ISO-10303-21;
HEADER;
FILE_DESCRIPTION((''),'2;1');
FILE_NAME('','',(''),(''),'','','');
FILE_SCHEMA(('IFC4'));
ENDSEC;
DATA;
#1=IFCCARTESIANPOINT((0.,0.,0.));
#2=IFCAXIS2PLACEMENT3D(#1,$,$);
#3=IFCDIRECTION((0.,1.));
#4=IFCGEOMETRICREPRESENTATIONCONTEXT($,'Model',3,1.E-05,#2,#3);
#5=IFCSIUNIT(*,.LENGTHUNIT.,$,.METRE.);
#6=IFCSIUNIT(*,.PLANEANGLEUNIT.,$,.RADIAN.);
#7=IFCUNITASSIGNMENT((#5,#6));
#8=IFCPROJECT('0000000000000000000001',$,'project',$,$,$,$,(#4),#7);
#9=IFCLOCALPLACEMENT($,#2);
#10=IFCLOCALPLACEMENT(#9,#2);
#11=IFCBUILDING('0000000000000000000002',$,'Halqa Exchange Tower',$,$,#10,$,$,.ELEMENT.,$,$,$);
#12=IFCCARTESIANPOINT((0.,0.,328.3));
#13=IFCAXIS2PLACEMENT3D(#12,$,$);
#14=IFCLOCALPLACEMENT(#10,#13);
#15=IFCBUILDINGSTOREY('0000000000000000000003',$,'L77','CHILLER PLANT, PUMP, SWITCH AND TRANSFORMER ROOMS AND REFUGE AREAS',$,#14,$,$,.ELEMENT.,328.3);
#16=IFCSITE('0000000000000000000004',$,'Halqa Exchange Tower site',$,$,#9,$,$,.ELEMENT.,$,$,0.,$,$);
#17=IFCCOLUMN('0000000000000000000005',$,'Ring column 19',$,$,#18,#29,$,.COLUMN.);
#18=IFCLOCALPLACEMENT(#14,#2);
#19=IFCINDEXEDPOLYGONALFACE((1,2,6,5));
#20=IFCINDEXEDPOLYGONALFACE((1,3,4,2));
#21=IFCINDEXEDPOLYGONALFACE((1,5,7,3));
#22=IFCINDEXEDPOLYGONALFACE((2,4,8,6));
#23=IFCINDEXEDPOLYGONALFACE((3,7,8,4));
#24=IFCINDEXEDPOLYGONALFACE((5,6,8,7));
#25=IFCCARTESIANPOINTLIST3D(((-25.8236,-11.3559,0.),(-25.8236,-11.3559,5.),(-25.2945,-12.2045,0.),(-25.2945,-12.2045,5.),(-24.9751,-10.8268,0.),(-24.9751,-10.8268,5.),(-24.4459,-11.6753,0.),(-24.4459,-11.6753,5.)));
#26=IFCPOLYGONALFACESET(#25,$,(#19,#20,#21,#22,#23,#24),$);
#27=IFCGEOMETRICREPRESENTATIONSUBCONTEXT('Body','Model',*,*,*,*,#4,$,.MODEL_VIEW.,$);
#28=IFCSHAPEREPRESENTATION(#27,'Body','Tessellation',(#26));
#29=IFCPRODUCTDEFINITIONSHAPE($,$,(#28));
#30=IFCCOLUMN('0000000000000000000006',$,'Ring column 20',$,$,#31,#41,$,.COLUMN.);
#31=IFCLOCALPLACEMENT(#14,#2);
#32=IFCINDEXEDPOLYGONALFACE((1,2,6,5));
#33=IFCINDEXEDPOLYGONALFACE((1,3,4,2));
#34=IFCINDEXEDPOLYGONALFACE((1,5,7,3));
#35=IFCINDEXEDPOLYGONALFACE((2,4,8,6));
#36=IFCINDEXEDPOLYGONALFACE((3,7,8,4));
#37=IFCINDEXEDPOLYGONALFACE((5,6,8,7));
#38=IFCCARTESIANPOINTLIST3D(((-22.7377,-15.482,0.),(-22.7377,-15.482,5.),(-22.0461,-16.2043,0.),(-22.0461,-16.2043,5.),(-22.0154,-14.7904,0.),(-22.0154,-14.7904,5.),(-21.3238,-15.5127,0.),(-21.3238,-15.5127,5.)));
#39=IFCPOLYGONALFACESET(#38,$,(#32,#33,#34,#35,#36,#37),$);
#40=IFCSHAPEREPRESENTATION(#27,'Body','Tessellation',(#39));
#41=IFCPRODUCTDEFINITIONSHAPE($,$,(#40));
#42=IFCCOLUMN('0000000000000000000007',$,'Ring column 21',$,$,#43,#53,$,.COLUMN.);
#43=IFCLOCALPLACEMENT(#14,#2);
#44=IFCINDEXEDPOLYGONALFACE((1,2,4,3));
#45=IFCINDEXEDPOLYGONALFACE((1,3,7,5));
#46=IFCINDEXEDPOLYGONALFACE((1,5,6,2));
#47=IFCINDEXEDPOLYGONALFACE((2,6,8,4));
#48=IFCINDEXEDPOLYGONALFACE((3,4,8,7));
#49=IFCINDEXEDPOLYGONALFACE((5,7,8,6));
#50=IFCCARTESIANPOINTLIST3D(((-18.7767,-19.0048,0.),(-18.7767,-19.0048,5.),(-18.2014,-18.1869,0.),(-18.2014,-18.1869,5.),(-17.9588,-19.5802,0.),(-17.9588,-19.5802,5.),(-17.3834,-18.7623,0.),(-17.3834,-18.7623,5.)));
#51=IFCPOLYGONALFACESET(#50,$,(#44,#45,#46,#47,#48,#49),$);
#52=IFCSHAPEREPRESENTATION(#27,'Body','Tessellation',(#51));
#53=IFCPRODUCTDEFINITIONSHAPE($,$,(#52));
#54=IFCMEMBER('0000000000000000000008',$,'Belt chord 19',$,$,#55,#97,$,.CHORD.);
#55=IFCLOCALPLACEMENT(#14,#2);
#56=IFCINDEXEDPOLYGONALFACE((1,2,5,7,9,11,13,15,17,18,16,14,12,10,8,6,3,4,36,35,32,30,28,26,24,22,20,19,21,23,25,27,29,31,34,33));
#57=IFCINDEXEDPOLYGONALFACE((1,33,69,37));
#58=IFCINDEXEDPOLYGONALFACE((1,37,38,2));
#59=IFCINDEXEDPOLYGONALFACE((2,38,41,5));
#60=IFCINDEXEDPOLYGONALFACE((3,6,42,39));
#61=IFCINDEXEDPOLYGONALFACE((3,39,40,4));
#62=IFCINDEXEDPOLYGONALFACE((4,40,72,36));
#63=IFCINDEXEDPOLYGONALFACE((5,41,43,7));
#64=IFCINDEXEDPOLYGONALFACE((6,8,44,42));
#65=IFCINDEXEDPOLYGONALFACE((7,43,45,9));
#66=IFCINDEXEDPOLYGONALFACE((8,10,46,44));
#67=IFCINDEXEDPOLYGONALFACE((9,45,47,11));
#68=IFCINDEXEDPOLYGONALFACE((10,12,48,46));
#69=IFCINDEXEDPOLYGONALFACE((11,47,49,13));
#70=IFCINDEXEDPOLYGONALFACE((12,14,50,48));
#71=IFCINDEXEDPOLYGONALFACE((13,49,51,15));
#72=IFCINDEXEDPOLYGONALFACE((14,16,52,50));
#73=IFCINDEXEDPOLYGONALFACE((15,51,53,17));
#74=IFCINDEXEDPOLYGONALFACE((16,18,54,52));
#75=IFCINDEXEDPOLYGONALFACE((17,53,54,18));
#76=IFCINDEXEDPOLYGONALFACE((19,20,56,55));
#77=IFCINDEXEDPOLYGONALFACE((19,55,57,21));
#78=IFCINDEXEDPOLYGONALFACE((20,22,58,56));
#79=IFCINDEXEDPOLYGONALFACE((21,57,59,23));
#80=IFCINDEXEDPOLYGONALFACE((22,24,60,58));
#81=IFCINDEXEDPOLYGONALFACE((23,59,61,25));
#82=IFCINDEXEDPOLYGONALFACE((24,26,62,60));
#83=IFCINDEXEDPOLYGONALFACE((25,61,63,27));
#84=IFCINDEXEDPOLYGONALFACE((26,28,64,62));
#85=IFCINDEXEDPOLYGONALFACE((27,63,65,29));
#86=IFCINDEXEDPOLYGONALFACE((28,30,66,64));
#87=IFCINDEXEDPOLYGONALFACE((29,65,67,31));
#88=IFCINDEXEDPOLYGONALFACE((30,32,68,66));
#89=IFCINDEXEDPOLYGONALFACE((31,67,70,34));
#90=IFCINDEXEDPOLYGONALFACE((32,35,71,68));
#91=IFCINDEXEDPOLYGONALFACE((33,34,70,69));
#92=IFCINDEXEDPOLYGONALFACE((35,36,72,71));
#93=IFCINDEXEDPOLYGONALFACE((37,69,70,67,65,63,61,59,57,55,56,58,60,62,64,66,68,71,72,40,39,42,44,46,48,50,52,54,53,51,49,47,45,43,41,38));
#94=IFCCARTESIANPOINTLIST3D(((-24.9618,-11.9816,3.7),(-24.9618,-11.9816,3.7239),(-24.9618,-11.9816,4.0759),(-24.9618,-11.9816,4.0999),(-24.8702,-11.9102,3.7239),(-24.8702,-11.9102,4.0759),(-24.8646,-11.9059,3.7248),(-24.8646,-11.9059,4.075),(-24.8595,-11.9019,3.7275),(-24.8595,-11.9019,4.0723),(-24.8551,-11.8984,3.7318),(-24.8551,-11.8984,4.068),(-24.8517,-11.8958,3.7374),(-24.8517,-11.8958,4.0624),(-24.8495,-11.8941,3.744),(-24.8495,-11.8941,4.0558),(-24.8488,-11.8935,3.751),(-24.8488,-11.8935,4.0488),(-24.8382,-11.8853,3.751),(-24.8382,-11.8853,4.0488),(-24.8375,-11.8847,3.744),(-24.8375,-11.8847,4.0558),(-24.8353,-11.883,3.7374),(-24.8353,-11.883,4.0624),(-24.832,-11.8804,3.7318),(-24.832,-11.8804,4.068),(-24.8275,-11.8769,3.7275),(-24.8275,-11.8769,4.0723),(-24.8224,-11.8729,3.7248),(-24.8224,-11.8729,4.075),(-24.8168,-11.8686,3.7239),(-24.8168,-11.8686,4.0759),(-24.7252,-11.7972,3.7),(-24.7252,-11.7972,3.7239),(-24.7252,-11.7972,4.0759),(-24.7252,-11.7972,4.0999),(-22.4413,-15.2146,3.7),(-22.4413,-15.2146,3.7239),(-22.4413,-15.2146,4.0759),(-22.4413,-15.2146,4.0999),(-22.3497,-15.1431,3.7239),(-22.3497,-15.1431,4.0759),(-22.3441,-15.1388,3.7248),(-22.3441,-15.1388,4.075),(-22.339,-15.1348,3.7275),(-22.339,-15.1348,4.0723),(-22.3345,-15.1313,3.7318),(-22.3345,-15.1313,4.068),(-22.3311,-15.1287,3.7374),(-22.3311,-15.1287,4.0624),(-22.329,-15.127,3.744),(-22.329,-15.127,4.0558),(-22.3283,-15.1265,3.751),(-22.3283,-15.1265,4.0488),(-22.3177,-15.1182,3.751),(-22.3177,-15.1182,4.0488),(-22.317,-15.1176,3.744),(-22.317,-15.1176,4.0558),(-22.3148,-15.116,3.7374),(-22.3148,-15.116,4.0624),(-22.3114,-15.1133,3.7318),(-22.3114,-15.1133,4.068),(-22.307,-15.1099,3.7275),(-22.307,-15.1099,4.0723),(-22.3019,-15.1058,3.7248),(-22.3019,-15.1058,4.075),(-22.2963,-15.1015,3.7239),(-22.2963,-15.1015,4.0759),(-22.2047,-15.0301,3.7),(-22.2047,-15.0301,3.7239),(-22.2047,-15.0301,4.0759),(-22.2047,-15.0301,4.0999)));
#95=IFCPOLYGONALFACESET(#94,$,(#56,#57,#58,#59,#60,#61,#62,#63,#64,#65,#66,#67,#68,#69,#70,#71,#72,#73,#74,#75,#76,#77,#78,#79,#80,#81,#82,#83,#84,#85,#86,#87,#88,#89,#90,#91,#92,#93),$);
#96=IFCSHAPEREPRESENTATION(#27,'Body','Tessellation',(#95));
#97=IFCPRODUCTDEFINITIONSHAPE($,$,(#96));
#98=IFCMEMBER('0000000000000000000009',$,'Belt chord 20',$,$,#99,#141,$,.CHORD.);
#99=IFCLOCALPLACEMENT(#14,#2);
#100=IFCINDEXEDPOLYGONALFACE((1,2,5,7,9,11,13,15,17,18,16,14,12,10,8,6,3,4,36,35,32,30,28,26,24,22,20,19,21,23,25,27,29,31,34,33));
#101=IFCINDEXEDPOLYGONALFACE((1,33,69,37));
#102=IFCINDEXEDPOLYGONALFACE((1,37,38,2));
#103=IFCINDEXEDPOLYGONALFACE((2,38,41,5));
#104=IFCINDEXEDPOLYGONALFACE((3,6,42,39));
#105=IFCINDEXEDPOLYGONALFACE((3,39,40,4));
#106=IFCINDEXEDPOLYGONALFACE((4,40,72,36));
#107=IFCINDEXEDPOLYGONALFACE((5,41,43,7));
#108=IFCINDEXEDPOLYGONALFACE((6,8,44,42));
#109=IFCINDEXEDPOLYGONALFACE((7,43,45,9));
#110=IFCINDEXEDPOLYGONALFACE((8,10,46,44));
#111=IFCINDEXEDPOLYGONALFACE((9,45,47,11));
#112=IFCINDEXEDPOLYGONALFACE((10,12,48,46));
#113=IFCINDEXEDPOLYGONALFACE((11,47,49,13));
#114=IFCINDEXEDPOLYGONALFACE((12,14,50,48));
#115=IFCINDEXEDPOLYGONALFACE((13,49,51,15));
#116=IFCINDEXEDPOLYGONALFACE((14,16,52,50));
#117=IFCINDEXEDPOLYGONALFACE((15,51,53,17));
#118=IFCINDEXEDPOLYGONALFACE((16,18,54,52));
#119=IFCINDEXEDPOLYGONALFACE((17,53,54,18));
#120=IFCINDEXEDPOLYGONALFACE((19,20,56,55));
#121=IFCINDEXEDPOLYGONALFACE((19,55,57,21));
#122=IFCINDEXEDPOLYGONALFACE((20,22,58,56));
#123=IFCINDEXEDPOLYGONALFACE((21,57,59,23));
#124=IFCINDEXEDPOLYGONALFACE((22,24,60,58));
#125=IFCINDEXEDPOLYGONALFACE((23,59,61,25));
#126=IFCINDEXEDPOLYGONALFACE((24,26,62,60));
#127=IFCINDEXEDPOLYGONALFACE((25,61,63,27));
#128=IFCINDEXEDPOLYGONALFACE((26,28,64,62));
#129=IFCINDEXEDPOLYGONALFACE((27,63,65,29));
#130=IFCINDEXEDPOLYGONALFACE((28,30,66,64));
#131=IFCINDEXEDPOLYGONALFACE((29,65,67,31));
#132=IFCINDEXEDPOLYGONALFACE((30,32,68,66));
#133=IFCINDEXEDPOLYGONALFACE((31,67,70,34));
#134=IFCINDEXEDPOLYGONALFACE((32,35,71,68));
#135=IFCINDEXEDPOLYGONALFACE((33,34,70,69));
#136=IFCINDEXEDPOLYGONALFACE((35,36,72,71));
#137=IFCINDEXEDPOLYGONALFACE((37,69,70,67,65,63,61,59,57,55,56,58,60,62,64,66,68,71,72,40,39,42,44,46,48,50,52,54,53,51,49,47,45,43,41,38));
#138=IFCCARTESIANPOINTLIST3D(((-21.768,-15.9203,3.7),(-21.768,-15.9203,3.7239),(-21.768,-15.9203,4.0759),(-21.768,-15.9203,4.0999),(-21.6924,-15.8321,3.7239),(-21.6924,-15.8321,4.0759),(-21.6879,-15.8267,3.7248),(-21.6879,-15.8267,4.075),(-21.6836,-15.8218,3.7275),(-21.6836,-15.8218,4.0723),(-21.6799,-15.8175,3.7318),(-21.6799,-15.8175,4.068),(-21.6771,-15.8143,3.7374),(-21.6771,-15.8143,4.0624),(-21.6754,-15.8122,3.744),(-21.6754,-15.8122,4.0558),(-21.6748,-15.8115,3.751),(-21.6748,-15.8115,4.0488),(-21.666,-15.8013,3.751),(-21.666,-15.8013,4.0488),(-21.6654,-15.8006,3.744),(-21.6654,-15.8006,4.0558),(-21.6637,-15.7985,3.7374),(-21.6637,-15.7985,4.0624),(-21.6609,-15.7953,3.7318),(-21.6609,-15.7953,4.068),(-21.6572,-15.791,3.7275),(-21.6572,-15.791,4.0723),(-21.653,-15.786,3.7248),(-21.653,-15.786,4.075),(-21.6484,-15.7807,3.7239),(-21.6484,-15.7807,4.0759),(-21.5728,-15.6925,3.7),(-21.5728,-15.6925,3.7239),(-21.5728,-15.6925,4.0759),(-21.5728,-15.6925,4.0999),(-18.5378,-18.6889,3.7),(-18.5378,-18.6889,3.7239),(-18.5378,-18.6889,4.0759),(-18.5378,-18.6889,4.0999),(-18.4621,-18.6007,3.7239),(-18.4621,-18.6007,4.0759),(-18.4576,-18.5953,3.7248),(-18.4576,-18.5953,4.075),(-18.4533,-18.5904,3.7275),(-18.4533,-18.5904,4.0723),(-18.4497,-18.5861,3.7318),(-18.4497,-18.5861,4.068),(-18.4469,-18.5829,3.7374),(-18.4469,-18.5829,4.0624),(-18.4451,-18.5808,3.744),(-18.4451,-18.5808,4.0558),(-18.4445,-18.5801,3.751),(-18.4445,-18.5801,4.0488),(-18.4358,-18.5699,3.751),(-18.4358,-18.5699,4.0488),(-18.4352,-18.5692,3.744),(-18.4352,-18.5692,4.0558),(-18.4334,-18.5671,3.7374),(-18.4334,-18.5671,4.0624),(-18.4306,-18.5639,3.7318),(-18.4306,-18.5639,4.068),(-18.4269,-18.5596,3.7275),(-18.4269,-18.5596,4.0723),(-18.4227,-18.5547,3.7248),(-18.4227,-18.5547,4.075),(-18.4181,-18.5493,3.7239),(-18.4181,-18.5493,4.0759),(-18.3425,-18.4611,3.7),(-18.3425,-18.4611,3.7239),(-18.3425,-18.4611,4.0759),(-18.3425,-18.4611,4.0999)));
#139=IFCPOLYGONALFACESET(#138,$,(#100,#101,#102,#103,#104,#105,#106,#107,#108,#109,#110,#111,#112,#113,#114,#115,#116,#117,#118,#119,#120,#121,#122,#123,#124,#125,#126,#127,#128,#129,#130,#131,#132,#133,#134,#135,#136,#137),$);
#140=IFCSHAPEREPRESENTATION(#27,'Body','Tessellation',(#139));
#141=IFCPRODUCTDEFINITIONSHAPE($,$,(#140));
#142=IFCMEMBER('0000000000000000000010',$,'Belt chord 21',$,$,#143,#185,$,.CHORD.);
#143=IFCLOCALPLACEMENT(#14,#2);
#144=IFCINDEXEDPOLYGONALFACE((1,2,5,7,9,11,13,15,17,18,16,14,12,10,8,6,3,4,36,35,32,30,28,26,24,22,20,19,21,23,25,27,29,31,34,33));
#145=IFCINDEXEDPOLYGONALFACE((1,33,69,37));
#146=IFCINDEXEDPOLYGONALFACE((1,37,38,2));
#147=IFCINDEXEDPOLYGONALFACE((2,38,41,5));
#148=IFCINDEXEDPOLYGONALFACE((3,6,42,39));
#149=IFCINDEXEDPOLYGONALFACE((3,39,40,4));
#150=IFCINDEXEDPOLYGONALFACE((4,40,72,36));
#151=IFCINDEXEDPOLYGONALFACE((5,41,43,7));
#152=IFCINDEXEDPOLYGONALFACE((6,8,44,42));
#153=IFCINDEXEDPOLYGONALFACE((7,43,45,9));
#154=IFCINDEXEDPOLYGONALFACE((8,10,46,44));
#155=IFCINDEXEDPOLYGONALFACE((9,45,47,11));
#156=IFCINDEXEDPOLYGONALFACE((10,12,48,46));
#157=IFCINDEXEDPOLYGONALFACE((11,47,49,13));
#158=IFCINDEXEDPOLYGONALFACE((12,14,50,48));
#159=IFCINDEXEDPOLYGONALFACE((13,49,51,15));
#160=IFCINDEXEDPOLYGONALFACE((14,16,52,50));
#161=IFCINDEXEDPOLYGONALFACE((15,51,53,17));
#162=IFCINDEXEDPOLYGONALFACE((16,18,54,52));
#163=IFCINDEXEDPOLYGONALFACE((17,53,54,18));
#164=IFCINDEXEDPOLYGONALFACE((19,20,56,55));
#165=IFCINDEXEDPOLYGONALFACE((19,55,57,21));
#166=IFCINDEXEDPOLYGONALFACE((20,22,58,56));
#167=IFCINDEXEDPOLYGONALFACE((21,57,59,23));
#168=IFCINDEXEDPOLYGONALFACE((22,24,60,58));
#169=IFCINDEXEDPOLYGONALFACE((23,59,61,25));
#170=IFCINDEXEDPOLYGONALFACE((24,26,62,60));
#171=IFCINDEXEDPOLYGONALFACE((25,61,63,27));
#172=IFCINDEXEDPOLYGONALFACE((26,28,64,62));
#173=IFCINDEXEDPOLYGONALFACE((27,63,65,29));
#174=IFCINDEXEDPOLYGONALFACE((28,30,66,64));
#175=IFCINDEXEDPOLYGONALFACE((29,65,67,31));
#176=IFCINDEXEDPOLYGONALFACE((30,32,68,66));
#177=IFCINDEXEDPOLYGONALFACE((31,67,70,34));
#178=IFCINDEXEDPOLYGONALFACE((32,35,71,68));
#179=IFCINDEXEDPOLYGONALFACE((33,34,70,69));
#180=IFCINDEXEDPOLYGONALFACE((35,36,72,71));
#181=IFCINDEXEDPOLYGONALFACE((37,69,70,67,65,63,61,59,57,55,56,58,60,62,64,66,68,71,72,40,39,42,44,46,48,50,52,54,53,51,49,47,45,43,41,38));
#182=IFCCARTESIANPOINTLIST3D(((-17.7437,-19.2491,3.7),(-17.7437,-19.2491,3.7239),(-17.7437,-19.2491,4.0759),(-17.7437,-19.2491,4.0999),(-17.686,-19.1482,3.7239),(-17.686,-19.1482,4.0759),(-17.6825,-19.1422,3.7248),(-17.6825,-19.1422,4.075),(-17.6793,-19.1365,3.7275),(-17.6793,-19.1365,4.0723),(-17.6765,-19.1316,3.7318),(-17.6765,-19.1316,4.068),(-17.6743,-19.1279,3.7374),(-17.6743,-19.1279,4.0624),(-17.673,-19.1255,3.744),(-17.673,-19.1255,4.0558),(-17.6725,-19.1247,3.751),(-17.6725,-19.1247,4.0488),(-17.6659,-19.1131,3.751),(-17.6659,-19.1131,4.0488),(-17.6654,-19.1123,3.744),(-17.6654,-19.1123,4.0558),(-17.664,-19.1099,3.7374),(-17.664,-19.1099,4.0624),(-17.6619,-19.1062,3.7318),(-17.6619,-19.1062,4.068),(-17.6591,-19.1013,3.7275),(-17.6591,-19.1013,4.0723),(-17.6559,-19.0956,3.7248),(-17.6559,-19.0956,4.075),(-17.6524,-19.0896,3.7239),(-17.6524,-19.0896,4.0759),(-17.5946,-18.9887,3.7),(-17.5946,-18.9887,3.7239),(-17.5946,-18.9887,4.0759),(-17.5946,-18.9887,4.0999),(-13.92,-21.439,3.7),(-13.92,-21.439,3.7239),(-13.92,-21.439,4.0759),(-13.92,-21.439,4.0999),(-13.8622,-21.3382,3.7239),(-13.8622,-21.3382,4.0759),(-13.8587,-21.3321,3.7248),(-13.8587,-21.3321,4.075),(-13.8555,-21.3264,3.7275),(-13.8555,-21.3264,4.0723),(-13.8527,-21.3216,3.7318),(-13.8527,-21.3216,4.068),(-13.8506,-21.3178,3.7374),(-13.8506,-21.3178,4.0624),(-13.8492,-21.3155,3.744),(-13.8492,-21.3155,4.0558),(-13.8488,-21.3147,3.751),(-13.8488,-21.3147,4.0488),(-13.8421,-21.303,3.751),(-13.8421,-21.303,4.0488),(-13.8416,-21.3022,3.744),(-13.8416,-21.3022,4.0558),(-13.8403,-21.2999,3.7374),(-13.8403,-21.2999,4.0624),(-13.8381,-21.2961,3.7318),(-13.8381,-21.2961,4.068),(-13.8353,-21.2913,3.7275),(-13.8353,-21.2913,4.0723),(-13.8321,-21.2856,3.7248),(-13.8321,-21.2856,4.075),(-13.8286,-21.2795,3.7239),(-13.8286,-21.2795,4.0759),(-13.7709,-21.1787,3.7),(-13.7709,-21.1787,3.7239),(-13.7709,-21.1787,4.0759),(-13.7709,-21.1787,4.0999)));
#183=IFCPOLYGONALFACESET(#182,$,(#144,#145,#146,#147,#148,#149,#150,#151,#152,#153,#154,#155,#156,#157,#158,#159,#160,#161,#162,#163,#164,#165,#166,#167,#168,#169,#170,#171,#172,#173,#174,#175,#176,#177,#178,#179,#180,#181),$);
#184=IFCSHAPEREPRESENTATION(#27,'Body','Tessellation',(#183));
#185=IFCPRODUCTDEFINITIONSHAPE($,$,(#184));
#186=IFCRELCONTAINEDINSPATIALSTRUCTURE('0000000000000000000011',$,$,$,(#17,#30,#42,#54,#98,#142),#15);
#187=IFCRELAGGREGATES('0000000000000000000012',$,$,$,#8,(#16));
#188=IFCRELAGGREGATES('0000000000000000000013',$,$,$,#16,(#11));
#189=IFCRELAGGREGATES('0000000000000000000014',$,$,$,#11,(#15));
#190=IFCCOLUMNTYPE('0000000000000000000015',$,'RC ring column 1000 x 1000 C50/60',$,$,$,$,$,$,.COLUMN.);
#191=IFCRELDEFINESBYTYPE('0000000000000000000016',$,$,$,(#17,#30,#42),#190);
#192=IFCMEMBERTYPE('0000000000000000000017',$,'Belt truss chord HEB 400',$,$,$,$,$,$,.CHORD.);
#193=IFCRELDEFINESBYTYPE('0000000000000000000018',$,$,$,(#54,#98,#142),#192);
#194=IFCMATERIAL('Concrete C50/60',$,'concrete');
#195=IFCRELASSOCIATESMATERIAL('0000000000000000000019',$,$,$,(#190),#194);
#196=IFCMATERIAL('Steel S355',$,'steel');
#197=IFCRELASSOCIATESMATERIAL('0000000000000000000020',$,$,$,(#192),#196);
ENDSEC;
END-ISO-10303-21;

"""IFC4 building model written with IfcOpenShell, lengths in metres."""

from ifc_helpers import new_model, si_unit, direction, frame, origin, origin_2d, place, context, subcontext, project, spatial, rectangle, i_section, extrude, material, material_profile, profile_set, type_object, element, save


model = new_model("IFC4")

# Units and contexts
model_context = context("Model", 3, precision=1e-05, world=origin(), true_north=direction((0.0, 1.0)))
body_context = subcontext(model_context, "Body", "Model", "MODEL_VIEW")
ifc_project = project(units=[si_unit("LENGTHUNIT", "METRE"), si_unit("PLANEANGLEUNIT", "RADIAN")], contexts=[model_context])

# Site, building, storey
site_placement = place(None, origin())
site = spatial("IfcSite", under=ifc_project, at=site_placement, Name="Halqa Exchange Tower site", CompositionType="ELEMENT", RefElevation=0.0)
building_placement = place(site_placement, origin())
building = spatial("IfcBuilding", under=site, at=building_placement, Name="Halqa Exchange Tower", CompositionType="ELEMENT")
storey_placement = place(building_placement, frame((0.0, 0.0, 328.3)))
storey = spatial("IfcBuildingStorey", under=building, at=storey_placement, Name="L77", Description="CHILLER PLANT, PUMP, SWITCH AND TRANSFORMER ROOMS AND REFUGE AREAS", CompositionType="ELEMENT", Elevation=328.3)

# Columns
ifc_material_1 = material(Name="Concrete C50/60", Category="concrete")
ifc_material_profile_1 = material_profile(ifc_material_1, rectangle(XDim=1.0, YDim=1.0, at=origin_2d()), Name="1000 x 1000")
ifc_profile_set_1 = profile_set([ifc_material_profile_1], Name="Concrete C50/60")
column_type = type_object("IfcColumnType", Name="RC ring column 1000 x 1000 C50/60", PredefinedType="COLUMN", material=ifc_profile_set_1)
for number, where, z_axis, x_axis, name in (
    (1, (-25.1348, -11.5156, 0.0), (0.0, 0.0, 1.0), (0.52914, -0.848534, 0.0), "Ring column 19"),
    (2, (-22.0308, -15.4973, 0.0), (0.0, 0.0, 1.0), (0.691579, -0.722301, 0.0), "Ring column 20"),
    (3, (-18.0801, -18.8835, 0.0), (0.0, 0.0, 1.0), (0.817907, -0.575351, 0.0), "Ring column 21"),
):
    element("IfcColumn", number, at=place(storey_placement, frame(where, z_axis=z_axis, x_axis=x_axis)), inside=storey, type_object=column_type, Name=name, PredefinedType="COLUMN", context=body_context, shape_type="SweptSolid", body=[
        extrude(rectangle(XDim=1.0, YDim=1.0, at=origin_2d()), origin(), (0.0, 0.0, 1.0), 5.0),
    ])

# Members
ifc_material_2 = material(Name="Steel S355", Category="steel")
ifc_material_profile_2 = material_profile(ifc_material_2, i_section(OverallWidth=0.3, OverallDepth=0.3999, WebThickness=0.0134, FlangeThickness=0.0239, FilletRadius=0.0271, at=origin_2d()), Name="HEB 400")
ifc_profile_set_2 = profile_set([ifc_material_profile_2], Name="Steel S355")
member_type_1 = type_object("IfcMemberType", Name="Belt truss chord HEB 400", PredefinedType="CHORD", material=ifc_profile_set_2)
member_1_placement = place(storey_placement, frame((-24.8435, -11.8894, 3.8999), z_axis=(0.614856, -0.78864, 0.0), x_axis=(0.78864, 0.614856, 0.0)))
element("IfcMember", 4, at=member_1_placement, inside=storey, type_object=member_type_1, Name="Belt chord 19", PredefinedType="CHORD", context=body_context, shape_type="SweptSolid", body=[
    extrude(i_section(OverallWidth=0.3, OverallDepth=0.3999, WebThickness=0.0134, FlangeThickness=0.0239, FilletRadius=0.0271, at=origin_2d()), origin(), (0.0, 0.0, 1.0), 4.0994),
])
member_2_placement = place(storey_placement, frame((-21.6704, -15.8064, 3.8999), z_axis=(0.759281, -0.650763, 0.0), x_axis=(0.650763, 0.759281, 0.0)))
element("IfcMember", 5, at=member_2_placement, inside=storey, type_object=member_type_1, Name="Belt chord 20", PredefinedType="CHORD", context=body_context, shape_type="SweptSolid", body=[
    extrude(i_section(OverallWidth=0.3, OverallDepth=0.3999, WebThickness=0.0134, FlangeThickness=0.0239, FilletRadius=0.0271, at=origin_2d()), origin(), (0.0, 0.0, 1.0), 4.2544),
])
member_3_placement = place(storey_placement, frame((-17.6692, -19.1189, 3.8999), z_axis=(0.867759, -0.496986, 0.0), x_axis=(0.496986, 0.867759, 0.0)))
element("IfcMember", 6, at=member_3_placement, inside=storey, type_object=member_type_1, Name="Belt chord 21", PredefinedType="CHORD", context=body_context, shape_type="SweptSolid", body=[
    extrude(i_section(OverallWidth=0.3, OverallDepth=0.3999, WebThickness=0.0134, FlangeThickness=0.0239, FilletRadius=0.0271, at=origin_2d()), origin(), (0.0, 0.0, 1.0), 4.4065),
])

save(model, "model.ifc")
